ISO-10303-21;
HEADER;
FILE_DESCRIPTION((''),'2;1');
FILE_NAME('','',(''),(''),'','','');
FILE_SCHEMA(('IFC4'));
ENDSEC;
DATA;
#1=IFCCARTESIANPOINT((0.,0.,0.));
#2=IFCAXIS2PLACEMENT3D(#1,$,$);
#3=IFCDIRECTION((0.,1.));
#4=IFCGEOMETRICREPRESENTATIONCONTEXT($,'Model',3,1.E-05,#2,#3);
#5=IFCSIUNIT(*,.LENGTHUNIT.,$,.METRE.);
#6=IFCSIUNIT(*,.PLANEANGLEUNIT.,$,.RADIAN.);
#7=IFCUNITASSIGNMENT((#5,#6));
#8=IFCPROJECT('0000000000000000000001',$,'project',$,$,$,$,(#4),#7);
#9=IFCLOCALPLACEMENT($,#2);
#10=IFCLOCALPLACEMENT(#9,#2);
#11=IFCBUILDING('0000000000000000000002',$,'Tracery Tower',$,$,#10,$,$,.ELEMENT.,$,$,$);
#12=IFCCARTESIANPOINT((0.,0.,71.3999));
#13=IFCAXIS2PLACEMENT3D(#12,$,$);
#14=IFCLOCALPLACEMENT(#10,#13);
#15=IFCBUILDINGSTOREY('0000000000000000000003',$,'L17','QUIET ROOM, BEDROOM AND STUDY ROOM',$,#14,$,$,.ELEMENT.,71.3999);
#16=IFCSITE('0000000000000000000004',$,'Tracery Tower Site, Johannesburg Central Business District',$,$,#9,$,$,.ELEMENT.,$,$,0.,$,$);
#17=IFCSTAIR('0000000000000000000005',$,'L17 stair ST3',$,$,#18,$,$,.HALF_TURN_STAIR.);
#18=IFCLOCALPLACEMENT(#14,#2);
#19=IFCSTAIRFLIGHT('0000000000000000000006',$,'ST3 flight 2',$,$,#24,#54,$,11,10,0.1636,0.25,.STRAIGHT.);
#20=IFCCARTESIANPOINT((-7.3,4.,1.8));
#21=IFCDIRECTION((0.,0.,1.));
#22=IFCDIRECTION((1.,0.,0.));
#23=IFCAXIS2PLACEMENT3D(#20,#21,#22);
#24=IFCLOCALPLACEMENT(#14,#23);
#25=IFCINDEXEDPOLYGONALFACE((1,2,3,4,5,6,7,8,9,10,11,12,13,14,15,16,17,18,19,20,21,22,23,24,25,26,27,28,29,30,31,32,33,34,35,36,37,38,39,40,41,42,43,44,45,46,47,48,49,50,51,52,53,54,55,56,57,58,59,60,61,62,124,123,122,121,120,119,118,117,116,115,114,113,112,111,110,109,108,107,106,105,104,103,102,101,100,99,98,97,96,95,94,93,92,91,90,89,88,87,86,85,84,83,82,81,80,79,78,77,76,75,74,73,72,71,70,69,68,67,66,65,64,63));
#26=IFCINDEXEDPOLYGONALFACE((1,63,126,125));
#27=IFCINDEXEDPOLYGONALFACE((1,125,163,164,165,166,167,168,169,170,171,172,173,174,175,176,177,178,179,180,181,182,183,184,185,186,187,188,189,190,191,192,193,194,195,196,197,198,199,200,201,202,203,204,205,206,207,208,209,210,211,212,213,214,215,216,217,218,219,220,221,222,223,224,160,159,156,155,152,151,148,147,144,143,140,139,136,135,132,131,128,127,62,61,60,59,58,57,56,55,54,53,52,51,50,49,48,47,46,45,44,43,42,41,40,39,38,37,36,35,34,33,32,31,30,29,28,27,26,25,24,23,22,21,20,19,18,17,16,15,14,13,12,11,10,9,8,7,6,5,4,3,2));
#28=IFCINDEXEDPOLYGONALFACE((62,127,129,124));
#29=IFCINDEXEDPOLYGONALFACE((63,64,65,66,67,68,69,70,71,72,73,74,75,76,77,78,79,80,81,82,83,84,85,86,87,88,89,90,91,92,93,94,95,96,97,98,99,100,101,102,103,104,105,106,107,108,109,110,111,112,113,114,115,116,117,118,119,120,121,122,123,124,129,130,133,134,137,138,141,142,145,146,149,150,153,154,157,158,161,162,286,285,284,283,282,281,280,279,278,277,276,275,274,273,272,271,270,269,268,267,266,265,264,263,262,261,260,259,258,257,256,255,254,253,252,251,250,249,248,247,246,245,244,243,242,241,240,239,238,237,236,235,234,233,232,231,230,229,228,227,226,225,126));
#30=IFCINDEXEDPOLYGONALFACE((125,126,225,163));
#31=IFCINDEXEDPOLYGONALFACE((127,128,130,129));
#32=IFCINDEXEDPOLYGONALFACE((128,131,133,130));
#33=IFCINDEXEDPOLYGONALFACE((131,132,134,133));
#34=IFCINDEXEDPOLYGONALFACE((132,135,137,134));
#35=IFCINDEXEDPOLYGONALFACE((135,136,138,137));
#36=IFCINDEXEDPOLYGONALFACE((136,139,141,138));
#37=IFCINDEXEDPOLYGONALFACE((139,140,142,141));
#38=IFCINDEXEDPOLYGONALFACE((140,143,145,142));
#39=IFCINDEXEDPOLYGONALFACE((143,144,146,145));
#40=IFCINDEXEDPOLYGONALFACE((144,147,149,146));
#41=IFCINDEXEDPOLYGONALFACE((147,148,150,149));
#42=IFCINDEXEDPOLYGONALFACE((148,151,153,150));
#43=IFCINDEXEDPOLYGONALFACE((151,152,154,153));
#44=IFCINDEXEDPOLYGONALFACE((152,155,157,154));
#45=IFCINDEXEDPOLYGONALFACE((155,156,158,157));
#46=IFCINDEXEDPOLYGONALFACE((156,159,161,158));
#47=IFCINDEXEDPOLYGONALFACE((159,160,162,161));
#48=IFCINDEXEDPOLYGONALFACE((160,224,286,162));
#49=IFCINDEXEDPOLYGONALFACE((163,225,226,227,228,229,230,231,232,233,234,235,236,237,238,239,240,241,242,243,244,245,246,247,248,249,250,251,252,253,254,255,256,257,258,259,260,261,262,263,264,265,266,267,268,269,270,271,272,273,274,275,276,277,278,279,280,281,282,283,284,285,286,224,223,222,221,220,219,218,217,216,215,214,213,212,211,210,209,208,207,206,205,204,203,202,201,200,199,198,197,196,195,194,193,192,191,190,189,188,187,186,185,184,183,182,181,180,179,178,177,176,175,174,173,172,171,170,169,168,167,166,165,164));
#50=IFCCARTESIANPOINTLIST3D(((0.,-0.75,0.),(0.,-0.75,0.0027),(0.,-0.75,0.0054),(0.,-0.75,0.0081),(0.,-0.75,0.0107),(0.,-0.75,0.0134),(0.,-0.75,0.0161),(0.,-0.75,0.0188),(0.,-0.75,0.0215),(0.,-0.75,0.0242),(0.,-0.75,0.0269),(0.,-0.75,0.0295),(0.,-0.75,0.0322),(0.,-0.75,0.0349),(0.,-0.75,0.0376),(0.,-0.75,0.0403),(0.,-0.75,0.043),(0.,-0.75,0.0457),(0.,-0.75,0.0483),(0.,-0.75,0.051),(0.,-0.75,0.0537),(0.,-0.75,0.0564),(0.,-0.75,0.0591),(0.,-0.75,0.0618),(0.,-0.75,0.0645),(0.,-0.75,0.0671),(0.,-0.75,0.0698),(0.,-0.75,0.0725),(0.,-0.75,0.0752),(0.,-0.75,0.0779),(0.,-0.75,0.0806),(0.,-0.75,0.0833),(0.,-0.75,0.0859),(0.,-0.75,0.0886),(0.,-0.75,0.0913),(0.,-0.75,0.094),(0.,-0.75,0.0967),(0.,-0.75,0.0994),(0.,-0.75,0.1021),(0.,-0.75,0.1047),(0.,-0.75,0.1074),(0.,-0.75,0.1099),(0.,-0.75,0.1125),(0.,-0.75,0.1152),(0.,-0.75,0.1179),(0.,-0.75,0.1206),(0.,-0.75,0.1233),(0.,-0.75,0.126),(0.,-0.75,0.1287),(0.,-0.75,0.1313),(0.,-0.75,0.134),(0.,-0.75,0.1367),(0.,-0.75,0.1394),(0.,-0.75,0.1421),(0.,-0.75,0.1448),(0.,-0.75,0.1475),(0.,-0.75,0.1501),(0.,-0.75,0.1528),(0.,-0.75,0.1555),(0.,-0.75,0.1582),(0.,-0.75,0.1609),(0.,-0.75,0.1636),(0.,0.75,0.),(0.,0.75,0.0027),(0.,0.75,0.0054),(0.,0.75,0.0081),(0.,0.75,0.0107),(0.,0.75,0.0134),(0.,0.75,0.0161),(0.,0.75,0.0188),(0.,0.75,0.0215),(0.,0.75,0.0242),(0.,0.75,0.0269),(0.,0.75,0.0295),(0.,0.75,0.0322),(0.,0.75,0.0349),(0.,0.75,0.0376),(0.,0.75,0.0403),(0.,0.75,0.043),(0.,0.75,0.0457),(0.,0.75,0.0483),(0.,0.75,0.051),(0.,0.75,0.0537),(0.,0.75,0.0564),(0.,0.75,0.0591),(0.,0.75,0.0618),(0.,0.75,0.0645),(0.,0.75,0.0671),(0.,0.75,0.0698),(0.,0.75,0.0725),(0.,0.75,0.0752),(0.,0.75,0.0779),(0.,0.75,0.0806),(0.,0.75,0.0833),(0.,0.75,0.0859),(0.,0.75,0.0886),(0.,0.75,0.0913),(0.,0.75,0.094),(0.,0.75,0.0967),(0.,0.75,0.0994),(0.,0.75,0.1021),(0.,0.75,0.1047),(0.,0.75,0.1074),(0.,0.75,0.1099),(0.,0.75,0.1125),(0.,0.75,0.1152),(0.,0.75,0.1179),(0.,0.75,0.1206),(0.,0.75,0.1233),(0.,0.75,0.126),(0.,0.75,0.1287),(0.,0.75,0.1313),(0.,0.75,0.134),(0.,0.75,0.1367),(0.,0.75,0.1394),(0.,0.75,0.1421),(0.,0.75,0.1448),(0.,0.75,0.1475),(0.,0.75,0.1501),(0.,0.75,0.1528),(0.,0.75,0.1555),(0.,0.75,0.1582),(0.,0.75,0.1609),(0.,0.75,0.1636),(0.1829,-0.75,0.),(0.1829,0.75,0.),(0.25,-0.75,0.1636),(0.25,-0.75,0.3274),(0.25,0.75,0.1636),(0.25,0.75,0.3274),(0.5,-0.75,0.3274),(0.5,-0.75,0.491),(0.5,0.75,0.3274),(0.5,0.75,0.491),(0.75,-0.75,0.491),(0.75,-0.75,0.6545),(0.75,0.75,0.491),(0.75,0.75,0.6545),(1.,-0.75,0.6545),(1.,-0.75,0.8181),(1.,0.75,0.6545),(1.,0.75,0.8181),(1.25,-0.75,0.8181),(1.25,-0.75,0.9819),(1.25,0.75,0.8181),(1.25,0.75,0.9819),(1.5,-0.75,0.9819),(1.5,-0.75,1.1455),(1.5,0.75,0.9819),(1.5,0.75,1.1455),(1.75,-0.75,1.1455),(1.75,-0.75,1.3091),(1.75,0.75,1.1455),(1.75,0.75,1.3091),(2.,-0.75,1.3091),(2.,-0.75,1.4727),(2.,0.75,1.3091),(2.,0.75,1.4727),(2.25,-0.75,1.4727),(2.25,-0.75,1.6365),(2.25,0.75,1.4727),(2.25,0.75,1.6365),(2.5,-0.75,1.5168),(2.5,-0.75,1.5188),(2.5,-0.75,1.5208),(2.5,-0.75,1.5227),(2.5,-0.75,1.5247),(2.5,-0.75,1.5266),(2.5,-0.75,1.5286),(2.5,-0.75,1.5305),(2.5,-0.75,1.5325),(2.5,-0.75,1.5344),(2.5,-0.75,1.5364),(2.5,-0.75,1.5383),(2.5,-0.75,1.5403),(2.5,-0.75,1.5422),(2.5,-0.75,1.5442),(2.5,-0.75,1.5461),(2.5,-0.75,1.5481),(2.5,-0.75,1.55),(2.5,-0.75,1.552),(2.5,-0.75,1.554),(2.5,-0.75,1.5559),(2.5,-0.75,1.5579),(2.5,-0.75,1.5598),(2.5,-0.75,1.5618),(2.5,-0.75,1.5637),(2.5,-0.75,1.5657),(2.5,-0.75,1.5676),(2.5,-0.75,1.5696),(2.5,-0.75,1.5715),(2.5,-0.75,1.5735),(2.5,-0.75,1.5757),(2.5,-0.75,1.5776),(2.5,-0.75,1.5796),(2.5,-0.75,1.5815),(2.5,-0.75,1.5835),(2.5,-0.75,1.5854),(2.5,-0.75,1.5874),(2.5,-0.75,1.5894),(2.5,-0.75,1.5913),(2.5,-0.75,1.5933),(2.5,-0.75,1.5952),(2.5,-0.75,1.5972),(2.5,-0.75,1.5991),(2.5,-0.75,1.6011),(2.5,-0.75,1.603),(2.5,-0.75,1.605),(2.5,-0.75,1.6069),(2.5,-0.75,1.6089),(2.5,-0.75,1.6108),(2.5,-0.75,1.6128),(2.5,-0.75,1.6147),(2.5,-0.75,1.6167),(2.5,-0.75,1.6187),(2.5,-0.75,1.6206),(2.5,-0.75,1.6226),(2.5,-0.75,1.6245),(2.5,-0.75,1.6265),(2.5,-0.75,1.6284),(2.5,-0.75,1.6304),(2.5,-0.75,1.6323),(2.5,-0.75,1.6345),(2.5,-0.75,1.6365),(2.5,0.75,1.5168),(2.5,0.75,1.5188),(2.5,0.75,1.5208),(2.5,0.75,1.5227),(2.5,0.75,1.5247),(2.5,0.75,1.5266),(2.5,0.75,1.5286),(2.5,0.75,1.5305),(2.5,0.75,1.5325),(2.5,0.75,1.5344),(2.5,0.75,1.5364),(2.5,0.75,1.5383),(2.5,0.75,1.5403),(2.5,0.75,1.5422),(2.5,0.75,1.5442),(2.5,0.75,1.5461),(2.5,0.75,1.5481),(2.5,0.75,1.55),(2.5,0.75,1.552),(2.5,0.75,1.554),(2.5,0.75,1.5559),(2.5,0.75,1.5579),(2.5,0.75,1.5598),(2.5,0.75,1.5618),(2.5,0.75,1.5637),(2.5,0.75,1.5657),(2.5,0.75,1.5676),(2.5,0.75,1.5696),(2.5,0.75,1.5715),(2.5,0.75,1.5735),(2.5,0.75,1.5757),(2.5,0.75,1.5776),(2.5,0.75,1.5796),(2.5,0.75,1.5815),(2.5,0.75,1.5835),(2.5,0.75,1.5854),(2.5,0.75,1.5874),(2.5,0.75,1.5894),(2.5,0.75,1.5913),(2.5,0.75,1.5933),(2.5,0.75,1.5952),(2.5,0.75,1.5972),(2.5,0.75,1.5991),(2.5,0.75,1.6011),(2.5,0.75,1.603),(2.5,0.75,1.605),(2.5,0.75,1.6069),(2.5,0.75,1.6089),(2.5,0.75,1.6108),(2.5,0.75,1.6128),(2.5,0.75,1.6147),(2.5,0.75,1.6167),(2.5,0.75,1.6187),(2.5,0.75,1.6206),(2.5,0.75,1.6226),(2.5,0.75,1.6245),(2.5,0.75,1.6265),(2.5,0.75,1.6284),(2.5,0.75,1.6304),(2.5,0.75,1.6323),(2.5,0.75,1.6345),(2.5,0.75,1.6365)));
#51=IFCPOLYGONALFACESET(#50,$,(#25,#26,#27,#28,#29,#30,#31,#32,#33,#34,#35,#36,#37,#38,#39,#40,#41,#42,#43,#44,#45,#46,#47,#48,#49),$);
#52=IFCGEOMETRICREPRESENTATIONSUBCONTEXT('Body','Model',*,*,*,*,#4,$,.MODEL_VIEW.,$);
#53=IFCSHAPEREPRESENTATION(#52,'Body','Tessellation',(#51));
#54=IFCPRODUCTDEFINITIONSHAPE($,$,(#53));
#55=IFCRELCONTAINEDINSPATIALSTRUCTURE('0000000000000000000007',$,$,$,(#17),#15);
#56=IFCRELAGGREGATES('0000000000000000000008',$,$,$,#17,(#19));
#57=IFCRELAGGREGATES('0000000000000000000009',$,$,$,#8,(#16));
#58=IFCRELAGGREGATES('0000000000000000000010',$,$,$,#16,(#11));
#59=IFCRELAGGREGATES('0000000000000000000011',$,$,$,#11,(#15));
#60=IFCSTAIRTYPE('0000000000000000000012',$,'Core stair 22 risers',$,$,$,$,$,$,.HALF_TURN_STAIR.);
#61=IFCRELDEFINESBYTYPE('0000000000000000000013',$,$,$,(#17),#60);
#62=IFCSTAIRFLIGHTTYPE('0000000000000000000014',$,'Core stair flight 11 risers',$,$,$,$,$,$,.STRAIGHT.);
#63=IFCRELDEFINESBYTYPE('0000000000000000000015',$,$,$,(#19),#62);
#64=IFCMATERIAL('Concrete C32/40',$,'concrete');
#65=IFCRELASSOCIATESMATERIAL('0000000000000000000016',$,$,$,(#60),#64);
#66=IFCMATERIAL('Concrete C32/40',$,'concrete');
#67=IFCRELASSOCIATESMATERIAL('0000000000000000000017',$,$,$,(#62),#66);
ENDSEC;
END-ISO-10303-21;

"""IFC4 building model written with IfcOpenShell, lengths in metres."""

from ifc_helpers import new_model, si_unit, direction, frame, origin, place, context, subcontext, project, spatial, polyline, outline, extrude, material, type_object, element, aggregate, save


model = new_model("IFC4")

# Units and contexts
model_context = context("Model", 3, precision=1e-05, world=origin(), true_north=direction((0.0, 1.0)))
body_context = subcontext(model_context, "Body", "Model", "MODEL_VIEW")
ifc_project = project(units=[si_unit("LENGTHUNIT", "METRE"), si_unit("PLANEANGLEUNIT", "RADIAN")], contexts=[model_context])

# Site, building, storey
site_placement = place(None, origin())
site = spatial("IfcSite", under=ifc_project, at=site_placement, Name="Tracery Tower Site, Johannesburg Central Business District", CompositionType="ELEMENT", RefElevation=0.0)
building_placement = place(site_placement, origin())
building = spatial("IfcBuilding", under=site, at=building_placement, Name="Tracery Tower", CompositionType="ELEMENT")
storey_placement = place(building_placement, frame((0.0, 0.0, 71.3999)))
storey = spatial("IfcBuildingStorey", under=building, at=storey_placement, Name="L17", Description="QUIET ROOM, BEDROOM AND STUDY ROOM", CompositionType="ELEMENT", Elevation=71.3999)

# Stair
ifc_material_1 = material(Name="Concrete C32/40", Category="concrete")
stair_type = type_object("IfcStairType", Name="Core stair 22 risers", PredefinedType="HALF_TURN_STAIR", material=ifc_material_1)
stair_1_placement = place(storey_placement, origin())
stair_1 = element("IfcStair", 1, at=stair_1_placement, inside=storey, type_object=stair_type, Name="L17 stair ST3", PredefinedType="HALF_TURN_STAIR")

# Stair flight
ifc_material_2 = material(Name="Concrete C32/40", Category="concrete")
stair_flight_type = type_object("IfcStairFlightType", Name="Core stair flight 11 risers", PredefinedType="STRAIGHT", material=ifc_material_2)
stair_flight_1_placement = place(storey_placement, frame((-7.3, 4.0, 1.8), z_axis=(0.0, 0.0, 1.0), x_axis=(1.0, 0.0, 0.0)))
stair_flight_1 = element("IfcStairFlight", 2, at=stair_flight_1_placement, type_object=stair_flight_type, Name="ST3 flight 2", NumberOfRisers=11, NumberOfTreads=10, PredefinedType="STRAIGHT", RiserHeight=0.1636, TreadLength=0.25, context=body_context, shape_type="SweptSolid", body=[
    extrude(outline(polyline([(0.0, 0.0), (0.0, 0.0027), (0.0, 0.0054), (0.0, 0.0081), (0.0, 0.0107), (0.0, 0.0134), (0.0, 0.0161), (0.0, 0.0188), (0.0, 0.0215), (0.0, 0.0242), (0.0, 0.0269), (0.0, 0.0295), (0.0, 0.0322), (0.0, 0.0349), (0.0, 0.0376), (0.0, 0.0403), (0.0, 0.043), (0.0, 0.0457), (0.0, 0.0483), (0.0, 0.051), (0.0, 0.0537), (0.0, 0.0564), (0.0, 0.0591), (0.0, 0.0618), (0.0, 0.0645), (0.0, 0.0671), (0.0, 0.0698), (0.0, 0.0725), (0.0, 0.0752), (0.0, 0.0779), (0.0, 0.0806), (0.0, 0.0833), (0.0, 0.0859), (0.0, 0.0886), (0.0, 0.0913), (0.0, 0.094), (0.0, 0.0967), (0.0, 0.0994), (0.0, 0.1021), (0.0, 0.1047), (0.0, 0.1074), (0.0, 0.1099), (0.0, 0.1125), (0.0, 0.1152), (0.0, 0.1179), (0.0, 0.1206), (0.0, 0.1233), (0.0, 0.126), (0.0, 0.1287), (0.0, 0.1313), (0.0, 0.134), (0.0, 0.1367), (0.0, 0.1394), (0.0, 0.1421), (0.0, 0.1448), (0.0, 0.1475), (0.0, 0.1501), (0.0, 0.1528), (0.0, 0.1555), (0.0, 0.1582), (0.0, 0.1609), (0.0, 0.1636), (0.25, 0.1636), (0.25, 0.3274), (0.5, 0.3274), (0.5, 0.491), (0.75, 0.491), (0.75, 0.6545), (1.0, 0.6545), (1.0, 0.8181), (1.25, 0.8181), (1.25, 0.9819), (1.5, 0.9819), (1.5, 1.1455), (1.75, 1.1455), (1.75, 1.3091), (2.0, 1.3091), (2.0, 1.4727), (2.25, 1.4727), (2.25, 1.6365), (2.5, 1.6365), (2.5, 1.6345), (2.5, 1.6323), (2.5, 1.6304), (2.5, 1.6284), (2.5, 1.6265), (2.5, 1.6245), (2.5, 1.6226), (2.5, 1.6206), (2.5, 1.6187), (2.5, 1.6167), (2.5, 1.6147), (2.5, 1.6128), (2.5, 1.6108), (2.5, 1.6089), (2.5, 1.6069), (2.5, 1.605), (2.5, 1.603), (2.5, 1.6011), (2.5, 1.5991), (2.5, 1.5972), (2.5, 1.5952), (2.5, 1.5933), (2.5, 1.5913), (2.5, 1.5894), (2.5, 1.5874), (2.5, 1.5854), (2.5, 1.5835), (2.5, 1.5815), (2.5, 1.5796), (2.5, 1.5776), (2.5, 1.5757), (2.5, 1.5735), (2.5, 1.5715), (2.5, 1.5696), (2.5, 1.5676), (2.5, 1.5657), (2.5, 1.5637), (2.5, 1.5618), (2.5, 1.5598), (2.5, 1.5579), (2.5, 1.5559), (2.5, 1.554), (2.5, 1.552), (2.5, 1.55), (2.5, 1.5481), (2.5, 1.5461), (2.5, 1.5442), (2.5, 1.5422), (2.5, 1.5403), (2.5, 1.5383), (2.5, 1.5364), (2.5, 1.5344), (2.5, 1.5325), (2.5, 1.5305), (2.5, 1.5286), (2.5, 1.5266), (2.5, 1.5247), (2.5, 1.5227), (2.5, 1.5208), (2.5, 1.5188), (2.5, 1.5168), (0.1829, 0.0), (0.0, 0.0)])), frame((0.0, 0.75, 0.0), z_axis=(0.0, -1.0, 0.0), x_axis=(1.0, 0.0, 0.0)), (0.0, 0.0, 1.0), 1.5),
])
aggregate(stair_1, [stair_flight_1])

save(model, "model.ifc")
